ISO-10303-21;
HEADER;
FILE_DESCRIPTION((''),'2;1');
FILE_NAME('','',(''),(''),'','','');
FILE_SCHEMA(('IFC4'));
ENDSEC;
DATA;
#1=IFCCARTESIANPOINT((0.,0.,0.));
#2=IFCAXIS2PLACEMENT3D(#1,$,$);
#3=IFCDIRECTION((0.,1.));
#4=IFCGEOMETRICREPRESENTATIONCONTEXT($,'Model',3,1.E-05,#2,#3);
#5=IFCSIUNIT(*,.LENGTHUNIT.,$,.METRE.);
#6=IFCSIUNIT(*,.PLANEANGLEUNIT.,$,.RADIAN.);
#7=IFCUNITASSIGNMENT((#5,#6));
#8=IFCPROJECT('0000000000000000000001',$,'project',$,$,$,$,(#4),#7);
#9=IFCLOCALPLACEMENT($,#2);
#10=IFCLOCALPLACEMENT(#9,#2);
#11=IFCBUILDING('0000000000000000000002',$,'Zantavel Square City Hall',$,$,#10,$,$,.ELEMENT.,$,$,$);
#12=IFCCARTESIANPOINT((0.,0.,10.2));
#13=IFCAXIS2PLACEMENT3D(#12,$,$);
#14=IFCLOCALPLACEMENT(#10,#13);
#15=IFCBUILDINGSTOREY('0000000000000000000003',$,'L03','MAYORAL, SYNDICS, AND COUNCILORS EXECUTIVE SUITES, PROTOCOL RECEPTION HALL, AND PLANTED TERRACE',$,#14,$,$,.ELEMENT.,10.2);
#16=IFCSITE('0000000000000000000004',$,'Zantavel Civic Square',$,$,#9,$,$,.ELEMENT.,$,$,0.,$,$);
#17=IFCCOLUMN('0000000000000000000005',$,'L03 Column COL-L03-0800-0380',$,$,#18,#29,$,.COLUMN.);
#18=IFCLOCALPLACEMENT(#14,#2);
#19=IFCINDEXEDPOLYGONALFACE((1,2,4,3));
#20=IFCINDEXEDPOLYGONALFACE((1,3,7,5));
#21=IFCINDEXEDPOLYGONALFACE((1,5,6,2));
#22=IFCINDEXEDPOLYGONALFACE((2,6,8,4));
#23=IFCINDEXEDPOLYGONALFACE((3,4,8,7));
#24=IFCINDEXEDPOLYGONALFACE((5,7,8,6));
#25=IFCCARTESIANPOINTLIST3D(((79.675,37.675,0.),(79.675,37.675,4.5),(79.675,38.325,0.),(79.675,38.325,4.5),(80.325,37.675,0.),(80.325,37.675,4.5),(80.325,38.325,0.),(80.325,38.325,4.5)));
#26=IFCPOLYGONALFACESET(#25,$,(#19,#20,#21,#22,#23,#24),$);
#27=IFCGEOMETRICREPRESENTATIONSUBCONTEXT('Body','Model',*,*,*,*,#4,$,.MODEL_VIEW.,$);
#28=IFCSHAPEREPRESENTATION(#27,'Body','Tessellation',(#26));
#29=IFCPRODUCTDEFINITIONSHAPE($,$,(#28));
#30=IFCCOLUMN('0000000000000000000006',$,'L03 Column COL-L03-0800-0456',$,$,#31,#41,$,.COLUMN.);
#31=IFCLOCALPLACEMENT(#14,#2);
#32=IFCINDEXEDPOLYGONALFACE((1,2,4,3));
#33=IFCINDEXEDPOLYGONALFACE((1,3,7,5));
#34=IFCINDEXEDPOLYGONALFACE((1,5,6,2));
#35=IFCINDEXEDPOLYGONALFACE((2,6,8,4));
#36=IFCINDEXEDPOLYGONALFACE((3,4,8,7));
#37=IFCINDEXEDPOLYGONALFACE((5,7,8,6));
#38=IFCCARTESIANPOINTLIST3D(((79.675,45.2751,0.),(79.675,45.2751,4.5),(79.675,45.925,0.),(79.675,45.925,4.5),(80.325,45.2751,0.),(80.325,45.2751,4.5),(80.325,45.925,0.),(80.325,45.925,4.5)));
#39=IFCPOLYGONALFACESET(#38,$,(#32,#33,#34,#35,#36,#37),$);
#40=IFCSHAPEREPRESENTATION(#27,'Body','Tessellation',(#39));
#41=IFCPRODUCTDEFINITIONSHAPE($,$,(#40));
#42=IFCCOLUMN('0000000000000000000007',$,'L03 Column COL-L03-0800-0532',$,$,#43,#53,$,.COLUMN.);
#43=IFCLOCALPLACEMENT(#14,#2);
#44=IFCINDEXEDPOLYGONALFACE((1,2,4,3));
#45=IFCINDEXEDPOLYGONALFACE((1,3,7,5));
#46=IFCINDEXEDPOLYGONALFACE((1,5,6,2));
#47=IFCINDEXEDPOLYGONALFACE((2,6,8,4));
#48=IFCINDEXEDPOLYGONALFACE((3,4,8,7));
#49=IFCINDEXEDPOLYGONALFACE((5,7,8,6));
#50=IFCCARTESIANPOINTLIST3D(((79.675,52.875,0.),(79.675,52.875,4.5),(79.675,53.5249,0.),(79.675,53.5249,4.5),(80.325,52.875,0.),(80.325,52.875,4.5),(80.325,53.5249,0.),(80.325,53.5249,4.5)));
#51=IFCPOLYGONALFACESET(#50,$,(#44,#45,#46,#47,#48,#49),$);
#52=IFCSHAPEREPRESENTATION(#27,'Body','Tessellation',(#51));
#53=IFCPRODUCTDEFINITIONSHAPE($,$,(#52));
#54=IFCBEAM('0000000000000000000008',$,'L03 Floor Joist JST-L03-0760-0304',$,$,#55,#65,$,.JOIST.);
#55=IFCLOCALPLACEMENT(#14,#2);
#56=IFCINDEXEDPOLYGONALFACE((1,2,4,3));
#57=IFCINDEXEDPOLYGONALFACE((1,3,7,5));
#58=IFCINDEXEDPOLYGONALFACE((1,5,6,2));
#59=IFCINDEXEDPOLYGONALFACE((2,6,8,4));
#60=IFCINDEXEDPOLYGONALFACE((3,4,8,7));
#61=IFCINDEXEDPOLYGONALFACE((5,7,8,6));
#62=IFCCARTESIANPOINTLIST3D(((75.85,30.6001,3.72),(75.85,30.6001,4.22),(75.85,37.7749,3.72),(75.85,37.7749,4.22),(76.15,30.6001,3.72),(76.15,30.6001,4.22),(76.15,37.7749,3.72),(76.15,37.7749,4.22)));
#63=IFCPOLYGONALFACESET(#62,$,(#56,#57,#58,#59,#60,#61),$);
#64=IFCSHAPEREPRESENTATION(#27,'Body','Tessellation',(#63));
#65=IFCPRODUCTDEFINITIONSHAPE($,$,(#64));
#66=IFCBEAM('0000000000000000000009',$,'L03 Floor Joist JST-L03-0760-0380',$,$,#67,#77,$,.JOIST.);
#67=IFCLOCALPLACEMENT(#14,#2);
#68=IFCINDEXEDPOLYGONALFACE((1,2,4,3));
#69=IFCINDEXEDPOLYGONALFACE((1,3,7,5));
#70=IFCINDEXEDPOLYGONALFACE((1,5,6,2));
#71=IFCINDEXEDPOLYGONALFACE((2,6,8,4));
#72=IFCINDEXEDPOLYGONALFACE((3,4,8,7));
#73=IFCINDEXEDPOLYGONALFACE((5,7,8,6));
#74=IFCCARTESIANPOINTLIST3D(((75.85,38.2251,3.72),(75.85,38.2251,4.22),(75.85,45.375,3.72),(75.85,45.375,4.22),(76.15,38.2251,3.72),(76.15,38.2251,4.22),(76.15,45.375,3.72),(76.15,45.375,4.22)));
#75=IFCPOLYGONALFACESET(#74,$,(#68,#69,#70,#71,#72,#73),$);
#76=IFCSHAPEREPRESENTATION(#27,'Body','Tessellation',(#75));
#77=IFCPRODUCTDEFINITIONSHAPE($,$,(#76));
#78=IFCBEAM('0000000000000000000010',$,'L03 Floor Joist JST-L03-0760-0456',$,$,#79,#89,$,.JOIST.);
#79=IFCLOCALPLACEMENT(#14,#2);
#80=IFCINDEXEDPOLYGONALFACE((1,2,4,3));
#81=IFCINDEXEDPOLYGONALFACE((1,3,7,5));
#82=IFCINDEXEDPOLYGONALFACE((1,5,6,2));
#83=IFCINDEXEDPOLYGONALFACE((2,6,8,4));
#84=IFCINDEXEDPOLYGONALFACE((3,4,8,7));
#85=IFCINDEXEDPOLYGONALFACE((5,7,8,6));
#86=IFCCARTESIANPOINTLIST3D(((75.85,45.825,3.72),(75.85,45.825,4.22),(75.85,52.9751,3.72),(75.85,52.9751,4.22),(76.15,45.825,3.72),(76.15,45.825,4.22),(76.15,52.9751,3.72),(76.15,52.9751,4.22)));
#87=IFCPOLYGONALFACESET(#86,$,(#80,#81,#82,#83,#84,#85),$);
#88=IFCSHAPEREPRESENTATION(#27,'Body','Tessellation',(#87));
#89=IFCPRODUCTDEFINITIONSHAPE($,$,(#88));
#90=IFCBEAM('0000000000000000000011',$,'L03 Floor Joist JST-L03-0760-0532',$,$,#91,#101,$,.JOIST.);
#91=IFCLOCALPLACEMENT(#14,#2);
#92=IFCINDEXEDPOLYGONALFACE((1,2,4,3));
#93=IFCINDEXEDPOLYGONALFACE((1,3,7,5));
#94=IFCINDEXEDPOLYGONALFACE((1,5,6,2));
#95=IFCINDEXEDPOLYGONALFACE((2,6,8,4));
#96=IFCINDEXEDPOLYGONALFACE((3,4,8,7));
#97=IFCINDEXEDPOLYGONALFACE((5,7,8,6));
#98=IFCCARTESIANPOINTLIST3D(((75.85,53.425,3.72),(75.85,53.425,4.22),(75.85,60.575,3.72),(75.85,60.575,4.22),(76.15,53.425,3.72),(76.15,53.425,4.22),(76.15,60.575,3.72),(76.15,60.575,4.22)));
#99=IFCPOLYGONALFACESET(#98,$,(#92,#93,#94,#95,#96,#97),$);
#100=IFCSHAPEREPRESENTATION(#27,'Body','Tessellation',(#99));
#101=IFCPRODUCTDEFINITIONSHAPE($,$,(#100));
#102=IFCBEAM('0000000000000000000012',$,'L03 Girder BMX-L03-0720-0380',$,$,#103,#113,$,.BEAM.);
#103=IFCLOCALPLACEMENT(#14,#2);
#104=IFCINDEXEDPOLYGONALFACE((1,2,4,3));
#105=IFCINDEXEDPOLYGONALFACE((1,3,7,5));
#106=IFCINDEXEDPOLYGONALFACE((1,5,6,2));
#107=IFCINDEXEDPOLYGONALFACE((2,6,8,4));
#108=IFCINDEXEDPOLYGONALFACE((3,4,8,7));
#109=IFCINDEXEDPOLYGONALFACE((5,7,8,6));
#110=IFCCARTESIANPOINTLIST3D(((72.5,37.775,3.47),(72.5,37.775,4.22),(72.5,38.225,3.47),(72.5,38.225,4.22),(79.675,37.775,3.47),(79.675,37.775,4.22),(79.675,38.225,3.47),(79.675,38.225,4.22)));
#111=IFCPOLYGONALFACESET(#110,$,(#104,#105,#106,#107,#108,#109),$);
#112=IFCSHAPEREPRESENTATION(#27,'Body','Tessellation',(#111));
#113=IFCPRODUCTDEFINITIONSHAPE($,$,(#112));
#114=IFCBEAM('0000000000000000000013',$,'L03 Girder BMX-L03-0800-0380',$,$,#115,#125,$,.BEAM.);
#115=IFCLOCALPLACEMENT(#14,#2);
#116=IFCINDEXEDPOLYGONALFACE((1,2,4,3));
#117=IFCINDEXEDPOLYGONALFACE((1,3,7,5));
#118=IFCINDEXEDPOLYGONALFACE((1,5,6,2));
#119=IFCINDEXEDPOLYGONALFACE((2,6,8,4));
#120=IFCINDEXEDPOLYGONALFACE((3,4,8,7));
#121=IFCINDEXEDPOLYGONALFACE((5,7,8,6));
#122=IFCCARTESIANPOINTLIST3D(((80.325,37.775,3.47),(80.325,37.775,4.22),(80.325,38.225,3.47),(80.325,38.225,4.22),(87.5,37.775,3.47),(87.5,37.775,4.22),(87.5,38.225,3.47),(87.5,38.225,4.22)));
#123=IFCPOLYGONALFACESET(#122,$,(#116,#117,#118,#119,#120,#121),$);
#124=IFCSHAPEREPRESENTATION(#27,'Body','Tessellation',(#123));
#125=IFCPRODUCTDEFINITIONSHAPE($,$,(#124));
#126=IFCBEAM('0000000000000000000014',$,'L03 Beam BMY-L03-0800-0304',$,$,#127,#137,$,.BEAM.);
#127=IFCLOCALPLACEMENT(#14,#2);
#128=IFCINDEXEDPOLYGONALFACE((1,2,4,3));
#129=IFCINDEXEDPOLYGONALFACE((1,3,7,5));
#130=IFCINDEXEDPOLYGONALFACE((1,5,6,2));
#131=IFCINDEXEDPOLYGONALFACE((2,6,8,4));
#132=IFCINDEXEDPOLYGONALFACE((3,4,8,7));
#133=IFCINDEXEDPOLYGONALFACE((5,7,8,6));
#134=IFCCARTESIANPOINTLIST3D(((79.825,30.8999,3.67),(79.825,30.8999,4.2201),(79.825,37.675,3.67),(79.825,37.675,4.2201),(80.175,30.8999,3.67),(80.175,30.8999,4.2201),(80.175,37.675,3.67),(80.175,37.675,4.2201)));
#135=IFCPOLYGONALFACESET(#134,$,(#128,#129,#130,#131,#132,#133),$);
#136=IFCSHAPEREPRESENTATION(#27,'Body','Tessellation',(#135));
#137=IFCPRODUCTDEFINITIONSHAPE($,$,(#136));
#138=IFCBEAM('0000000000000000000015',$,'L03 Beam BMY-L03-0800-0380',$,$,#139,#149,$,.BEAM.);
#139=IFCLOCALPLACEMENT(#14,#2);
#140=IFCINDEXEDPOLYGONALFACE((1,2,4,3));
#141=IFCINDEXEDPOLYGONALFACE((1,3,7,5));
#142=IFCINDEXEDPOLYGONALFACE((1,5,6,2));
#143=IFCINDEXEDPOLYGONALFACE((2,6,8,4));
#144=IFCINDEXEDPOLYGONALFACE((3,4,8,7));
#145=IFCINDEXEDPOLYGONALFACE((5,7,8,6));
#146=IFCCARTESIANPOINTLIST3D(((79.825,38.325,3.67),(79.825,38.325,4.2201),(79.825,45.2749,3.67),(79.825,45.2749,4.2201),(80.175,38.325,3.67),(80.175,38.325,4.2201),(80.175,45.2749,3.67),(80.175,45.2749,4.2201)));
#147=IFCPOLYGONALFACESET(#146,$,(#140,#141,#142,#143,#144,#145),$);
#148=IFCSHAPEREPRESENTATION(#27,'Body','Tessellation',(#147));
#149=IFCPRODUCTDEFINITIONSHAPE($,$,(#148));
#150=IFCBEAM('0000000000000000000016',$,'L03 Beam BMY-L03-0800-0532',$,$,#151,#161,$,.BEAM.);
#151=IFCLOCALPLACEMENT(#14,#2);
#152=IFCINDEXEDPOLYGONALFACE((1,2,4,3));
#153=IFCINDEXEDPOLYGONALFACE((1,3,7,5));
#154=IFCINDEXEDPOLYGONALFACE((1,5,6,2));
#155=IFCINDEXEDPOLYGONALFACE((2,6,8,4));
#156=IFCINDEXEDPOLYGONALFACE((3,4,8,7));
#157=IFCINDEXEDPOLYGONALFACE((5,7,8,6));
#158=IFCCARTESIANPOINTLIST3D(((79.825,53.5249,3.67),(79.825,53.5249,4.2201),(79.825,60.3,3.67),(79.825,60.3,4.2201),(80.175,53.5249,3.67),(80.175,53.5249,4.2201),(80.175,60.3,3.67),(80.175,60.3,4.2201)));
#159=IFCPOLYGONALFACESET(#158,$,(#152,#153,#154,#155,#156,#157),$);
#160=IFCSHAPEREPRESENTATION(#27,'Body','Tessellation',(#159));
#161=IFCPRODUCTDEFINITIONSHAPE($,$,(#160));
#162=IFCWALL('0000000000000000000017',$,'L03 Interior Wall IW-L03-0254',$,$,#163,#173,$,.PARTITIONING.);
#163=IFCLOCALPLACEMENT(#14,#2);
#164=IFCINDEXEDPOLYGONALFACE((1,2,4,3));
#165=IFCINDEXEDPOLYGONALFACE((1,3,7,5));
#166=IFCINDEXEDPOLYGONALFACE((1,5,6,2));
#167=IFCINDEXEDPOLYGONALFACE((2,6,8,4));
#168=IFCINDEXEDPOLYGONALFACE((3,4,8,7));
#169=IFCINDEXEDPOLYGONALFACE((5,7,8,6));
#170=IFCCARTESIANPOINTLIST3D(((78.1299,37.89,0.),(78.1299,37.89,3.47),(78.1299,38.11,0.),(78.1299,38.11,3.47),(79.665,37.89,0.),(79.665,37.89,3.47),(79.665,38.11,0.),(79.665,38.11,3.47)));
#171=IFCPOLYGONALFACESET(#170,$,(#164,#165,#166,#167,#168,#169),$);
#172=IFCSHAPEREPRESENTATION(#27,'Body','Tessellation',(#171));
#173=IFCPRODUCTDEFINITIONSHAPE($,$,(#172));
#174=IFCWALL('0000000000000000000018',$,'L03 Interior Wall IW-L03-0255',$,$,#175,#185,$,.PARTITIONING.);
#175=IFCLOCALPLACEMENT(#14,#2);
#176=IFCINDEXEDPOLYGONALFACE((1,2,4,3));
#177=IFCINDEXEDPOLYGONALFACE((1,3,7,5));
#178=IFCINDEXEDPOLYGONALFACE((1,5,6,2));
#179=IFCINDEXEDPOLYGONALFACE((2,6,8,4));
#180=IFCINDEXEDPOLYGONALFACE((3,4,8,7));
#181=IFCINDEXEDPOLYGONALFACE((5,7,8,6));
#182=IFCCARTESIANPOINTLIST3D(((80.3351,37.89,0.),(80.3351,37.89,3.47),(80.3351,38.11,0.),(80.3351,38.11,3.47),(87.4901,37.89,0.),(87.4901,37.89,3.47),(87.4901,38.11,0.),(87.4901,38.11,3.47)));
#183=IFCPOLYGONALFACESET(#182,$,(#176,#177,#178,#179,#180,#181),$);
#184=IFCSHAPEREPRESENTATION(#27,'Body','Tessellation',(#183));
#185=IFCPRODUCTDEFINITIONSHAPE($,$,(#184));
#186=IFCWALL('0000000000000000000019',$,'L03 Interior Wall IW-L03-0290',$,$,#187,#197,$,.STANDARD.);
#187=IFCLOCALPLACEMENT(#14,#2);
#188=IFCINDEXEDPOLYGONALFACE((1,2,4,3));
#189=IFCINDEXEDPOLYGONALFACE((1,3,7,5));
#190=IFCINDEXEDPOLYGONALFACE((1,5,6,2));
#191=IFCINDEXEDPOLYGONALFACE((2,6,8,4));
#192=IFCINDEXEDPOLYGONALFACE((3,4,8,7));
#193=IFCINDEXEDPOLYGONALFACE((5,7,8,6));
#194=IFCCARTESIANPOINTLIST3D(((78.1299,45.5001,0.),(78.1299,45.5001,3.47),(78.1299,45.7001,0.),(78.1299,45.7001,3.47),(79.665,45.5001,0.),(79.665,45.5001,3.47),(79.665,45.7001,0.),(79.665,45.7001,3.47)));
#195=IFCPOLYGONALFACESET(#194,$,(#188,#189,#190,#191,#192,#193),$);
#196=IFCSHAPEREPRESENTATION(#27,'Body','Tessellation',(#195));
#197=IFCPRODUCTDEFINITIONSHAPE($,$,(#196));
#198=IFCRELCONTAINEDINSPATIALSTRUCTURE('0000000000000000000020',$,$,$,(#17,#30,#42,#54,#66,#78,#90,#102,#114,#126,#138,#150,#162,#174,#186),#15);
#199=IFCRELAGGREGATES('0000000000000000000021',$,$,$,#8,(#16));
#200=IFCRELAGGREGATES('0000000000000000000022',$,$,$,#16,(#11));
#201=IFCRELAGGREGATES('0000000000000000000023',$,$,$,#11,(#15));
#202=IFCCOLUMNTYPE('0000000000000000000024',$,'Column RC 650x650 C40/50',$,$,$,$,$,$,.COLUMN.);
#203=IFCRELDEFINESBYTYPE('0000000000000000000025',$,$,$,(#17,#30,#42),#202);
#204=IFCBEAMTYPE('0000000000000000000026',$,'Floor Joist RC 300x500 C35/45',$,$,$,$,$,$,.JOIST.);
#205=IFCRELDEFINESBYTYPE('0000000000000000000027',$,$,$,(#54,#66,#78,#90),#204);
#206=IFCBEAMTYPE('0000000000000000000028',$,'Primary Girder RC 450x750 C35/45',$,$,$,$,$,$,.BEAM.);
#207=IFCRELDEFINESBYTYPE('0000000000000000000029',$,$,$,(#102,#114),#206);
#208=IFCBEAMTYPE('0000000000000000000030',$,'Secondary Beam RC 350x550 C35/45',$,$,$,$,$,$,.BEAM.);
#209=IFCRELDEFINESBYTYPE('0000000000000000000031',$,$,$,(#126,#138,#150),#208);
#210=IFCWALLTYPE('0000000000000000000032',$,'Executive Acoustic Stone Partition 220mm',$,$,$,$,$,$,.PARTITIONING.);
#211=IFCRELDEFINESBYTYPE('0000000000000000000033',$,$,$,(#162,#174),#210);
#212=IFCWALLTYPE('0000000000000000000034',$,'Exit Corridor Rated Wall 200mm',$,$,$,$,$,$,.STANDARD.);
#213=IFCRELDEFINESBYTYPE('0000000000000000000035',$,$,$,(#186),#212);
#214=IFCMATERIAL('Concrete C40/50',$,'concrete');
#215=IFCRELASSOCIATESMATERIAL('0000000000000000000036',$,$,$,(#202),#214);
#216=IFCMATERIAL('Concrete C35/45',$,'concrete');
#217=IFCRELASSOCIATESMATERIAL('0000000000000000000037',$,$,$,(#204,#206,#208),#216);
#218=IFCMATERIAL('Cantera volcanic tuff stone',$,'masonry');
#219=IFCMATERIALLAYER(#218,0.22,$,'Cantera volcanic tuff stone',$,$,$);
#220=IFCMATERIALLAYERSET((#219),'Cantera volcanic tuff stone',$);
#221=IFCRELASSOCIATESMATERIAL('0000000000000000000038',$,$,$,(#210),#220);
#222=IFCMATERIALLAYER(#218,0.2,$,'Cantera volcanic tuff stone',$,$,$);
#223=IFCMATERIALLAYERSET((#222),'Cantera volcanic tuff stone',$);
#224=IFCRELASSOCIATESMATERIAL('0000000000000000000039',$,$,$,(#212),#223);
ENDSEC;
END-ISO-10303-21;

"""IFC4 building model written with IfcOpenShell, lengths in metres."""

from ifc_helpers import new_model, si_unit, direction, frame, frame_2d, origin, origin_2d, place, context, subcontext, project, spatial, rectangle, extrude, material, layer, layer_set, material_profile, profile_set, type_object, element, save


model = new_model("IFC4")

# Units and contexts
model_context = context("Model", 3, precision=1e-05, world=origin(), true_north=direction((0.0, 1.0)))
body_context = subcontext(model_context, "Body", "Model", "MODEL_VIEW")
ifc_project = project(units=[si_unit("LENGTHUNIT", "METRE"), si_unit("PLANEANGLEUNIT", "RADIAN")], contexts=[model_context])

# Site, building, storey
site_placement = place(None, origin())
site = spatial("IfcSite", under=ifc_project, at=site_placement, Name="Zantavel Civic Square", CompositionType="ELEMENT", RefElevation=0.0)
building_placement = place(site_placement, origin())
building = spatial("IfcBuilding", under=site, at=building_placement, Name="Zantavel Square City Hall", CompositionType="ELEMENT")
storey_placement = place(building_placement, frame((0.0, 0.0, 10.2)))
storey = spatial("IfcBuildingStorey", under=building, at=storey_placement, Name="L03", Description="MAYORAL, SYNDICS, AND COUNCILORS EXECUTIVE SUITES, PROTOCOL RECEPTION HALL, AND PLANTED TERRACE", CompositionType="ELEMENT", Elevation=10.2)

# Columns
ifc_material_1 = material(Name="Concrete C40/50", Category="concrete")
ifc_material_profile_1 = material_profile(ifc_material_1, rectangle(XDim=0.6499, YDim=0.6499, at=origin_2d()), Name="RC 650x650")
ifc_profile_set_1 = profile_set([ifc_material_profile_1], Name="Concrete C40/50")
column_type = type_object("IfcColumnType", Name="Column RC 650x650 C40/50", PredefinedType="COLUMN", material=ifc_profile_set_1)
for number, where, z_axis, x_axis, name in (
    (1, (80.0, 38.0, 0.0), (0.0, 0.0, 1.0), (1.0, 0.0, 0.0), "L03 Column COL-L03-0800-0380"),
    (2, (80.0, 45.6001, 0.0), (0.0, 0.0, 1.0), (1.0, 0.0, 0.0), "L03 Column COL-L03-0800-0456"),
    (3, (80.0, 53.2, 0.0), (0.0, 0.0, 1.0), (1.0, 0.0, 0.0), "L03 Column COL-L03-0800-0532"),
):
    element("IfcColumn", number, at=place(storey_placement, frame(where, z_axis=z_axis, x_axis=x_axis)), inside=storey, type_object=column_type, Name=name, PredefinedType="COLUMN", context=body_context, shape_type="SweptSolid", body=[
        extrude(rectangle(XDim=0.6499, YDim=0.6499, at=origin_2d()), origin(), (0.0, 0.0, 1.0), 4.5),
    ])

# Beams
ifc_material_2 = material(Name="Concrete C35/45", Category="concrete")
ifc_material_profile_2 = material_profile(ifc_material_2, rectangle(XDim=0.3, YDim=0.5, at=origin_2d()), Name="RC 300x500")
ifc_profile_set_2 = profile_set([ifc_material_profile_2], Name="Concrete C35/45")
beam_type_1 = type_object("IfcBeamType", Name="Floor Joist RC 300x500 C35/45", PredefinedType="JOIST", material=ifc_profile_set_2)
beam_1_placement = place(storey_placement, frame((76.0, 30.6001, 3.97), z_axis=(0.0, 1.0, 0.0), x_axis=(-1.0, 0.0, 0.0)))
element("IfcBeam", 4, at=beam_1_placement, inside=storey, type_object=beam_type_1, Name="L03 Floor Joist JST-L03-0760-0304", PredefinedType="JOIST", context=body_context, shape_type="SweptSolid", body=[
    extrude(rectangle(XDim=0.3, YDim=0.5, at=origin_2d()), origin(), (0.0, 0.0, 1.0), 7.1748),
])
beam_2_placement = place(storey_placement, frame((76.0, 38.2251, 3.97), z_axis=(0.0, 1.0, 0.0), x_axis=(-1.0, 0.0, 0.0)))
element("IfcBeam", 5, at=beam_2_placement, inside=storey, type_object=beam_type_1, Name="L03 Floor Joist JST-L03-0760-0380", PredefinedType="JOIST", context=body_context, shape_type="SweptSolid", body=[
    extrude(rectangle(XDim=0.3, YDim=0.5, at=origin_2d()), origin(), (0.0, 0.0, 1.0), 7.1499),
])
beam_3_placement = place(storey_placement, frame((76.0, 45.825, 3.97), z_axis=(0.0, 1.0, 0.0), x_axis=(-1.0, 0.0, 0.0)))
element("IfcBeam", 6, at=beam_3_placement, inside=storey, type_object=beam_type_1, Name="L03 Floor Joist JST-L03-0760-0456", PredefinedType="JOIST", context=body_context, shape_type="SweptSolid", body=[
    extrude(rectangle(XDim=0.3, YDim=0.5, at=origin_2d()), origin(), (0.0, 0.0, 1.0), 7.1501),
])
beam_4_placement = place(storey_placement, frame((76.0, 53.425, 3.97), z_axis=(0.0, 1.0, 0.0), x_axis=(-1.0, 0.0, 0.0)))
element("IfcBeam", 7, at=beam_4_placement, inside=storey, type_object=beam_type_1, Name="L03 Floor Joist JST-L03-0760-0532", PredefinedType="JOIST", context=body_context, shape_type="SweptSolid", body=[
    extrude(rectangle(XDim=0.3, YDim=0.5, at=origin_2d()), origin(), (0.0, 0.0, 1.0), 7.1499),
])
ifc_material_profile_3 = material_profile(ifc_material_2, rectangle(XDim=0.45, YDim=0.75, at=origin_2d()), Name="RC 450x750")
ifc_profile_set_3 = profile_set([ifc_material_profile_3], Name="Concrete C35/45")
beam_type_2 = type_object("IfcBeamType", Name="Primary Girder RC 450x750 C35/45", PredefinedType="BEAM", material=ifc_profile_set_3)
for number, where, z_axis, x_axis, name in (
    (8, (72.5, 38.0, 3.845), (1.0, 0.0, 0.0), (0.0, 1.0, 0.0), "L03 Girder BMX-L03-0720-0380"),
    (9, (80.325, 38.0, 3.845), (1.0, 0.0, 0.0), (0.0, 1.0, 0.0), "L03 Girder BMX-L03-0800-0380"),
):
    element("IfcBeam", number, at=place(storey_placement, frame(where, z_axis=z_axis, x_axis=x_axis)), inside=storey, type_object=beam_type_2, Name=name, PredefinedType="BEAM", context=body_context, shape_type="SweptSolid", body=[
        extrude(rectangle(XDim=0.45, YDim=0.75, at=origin_2d()), origin(), (0.0, 0.0, 1.0), 7.175),
    ])
ifc_material_profile_4 = material_profile(ifc_material_2, rectangle(XDim=0.3501, YDim=0.55, at=origin_2d()), Name="RC 350x550")
ifc_profile_set_4 = profile_set([ifc_material_profile_4], Name="Concrete C35/45")
beam_type_3 = type_object("IfcBeamType", Name="Secondary Beam RC 350x550 C35/45", PredefinedType="BEAM", material=ifc_profile_set_4)
beam_5_placement = place(storey_placement, frame((80.0, 30.8999, 3.9451), z_axis=(0.0, 1.0, 0.0), x_axis=(-1.0, 0.0, 0.0)))
element("IfcBeam", 10, at=beam_5_placement, inside=storey, type_object=beam_type_3, Name="L03 Beam BMY-L03-0800-0304", PredefinedType="BEAM", context=body_context, shape_type="SweptSolid", body=[
    extrude(rectangle(XDim=0.3501, YDim=0.55, at=origin_2d()), origin(), (0.0, 0.0, 1.0), 6.7751),
])
beam_6_placement = place(storey_placement, frame((80.0, 38.325, 3.9451), z_axis=(0.0, 1.0, 0.0), x_axis=(-1.0, 0.0, 0.0)))
element("IfcBeam", 11, at=beam_6_placement, inside=storey, type_object=beam_type_3, Name="L03 Beam BMY-L03-0800-0380", PredefinedType="BEAM", context=body_context, shape_type="SweptSolid", body=[
    extrude(rectangle(XDim=0.3501, YDim=0.55, at=origin_2d()), origin(), (0.0, 0.0, 1.0), 6.95),
])
beam_7_placement = place(storey_placement, frame((80.0, 53.5249, 3.9451), z_axis=(0.0, 1.0, 0.0), x_axis=(-1.0, 0.0, 0.0)))
element("IfcBeam", 12, at=beam_7_placement, inside=storey, type_object=beam_type_3, Name="L03 Beam BMY-L03-0800-0532", PredefinedType="BEAM", context=body_context, shape_type="SweptSolid", body=[
    extrude(rectangle(XDim=0.3501, YDim=0.55, at=origin_2d()), origin(), (0.0, 0.0, 1.0), 6.7751),
])

# Walls
ifc_material_3 = material(Name="Cantera volcanic tuff stone", Category="masonry")
ifc_layer_1 = layer(ifc_material_3, 0.22, Name="Cantera volcanic tuff stone")
ifc_layer_set_1 = layer_set([ifc_layer_1], Name="Cantera volcanic tuff stone")
wall_type_1 = type_object("IfcWallType", Name="Executive Acoustic Stone Partition 220mm", PredefinedType="PARTITIONING", material=ifc_layer_set_1)
wall_1_placement = place(storey_placement, frame((78.1299, 38.0, 0.0), z_axis=(0.0, 0.0, 1.0), x_axis=(1.0, 0.0, 0.0)))
element("IfcWall", 13, at=wall_1_placement, inside=storey, type_object=wall_type_1, Name="L03 Interior Wall IW-L03-0254", PredefinedType="PARTITIONING", context=body_context, shape_type="SweptSolid", body=[
    extrude(rectangle(XDim=1.5352, YDim=0.22, at=frame_2d((0.7676, 0.0))), origin(), (0.0, 0.0, 1.0), 3.47),
])
wall_2_placement = place(storey_placement, frame((80.335, 38.0, 0.0), z_axis=(0.0, 0.0, 1.0), x_axis=(1.0, 0.0, 0.0)))
element("IfcWall", 14, at=wall_2_placement, inside=storey, type_object=wall_type_1, Name="L03 Interior Wall IW-L03-0255", PredefinedType="PARTITIONING", context=body_context, shape_type="SweptSolid", body=[
    extrude(rectangle(XDim=7.155, YDim=0.22, at=frame_2d((3.5776, 0.0))), origin(), (0.0, 0.0, 1.0), 3.47),
])

# Shared definitions
ifc_layer_2 = layer(ifc_material_3, 0.2, Name="Cantera volcanic tuff stone")
ifc_layer_set_2 = layer_set([ifc_layer_2], Name="Cantera volcanic tuff stone")
wall_type_2 = type_object("IfcWallType", Name="Exit Corridor Rated Wall 200mm", PredefinedType="STANDARD", material=ifc_layer_set_2)

# Wall
wall_3_placement = place(storey_placement, frame((78.1299, 45.6001, 0.0), z_axis=(0.0, 0.0, 1.0), x_axis=(1.0, 0.0, 0.0)))
element("IfcWall", 15, at=wall_3_placement, inside=storey, type_object=wall_type_2, Name="L03 Interior Wall IW-L03-0290", PredefinedType="STANDARD", context=body_context, shape_type="SweptSolid", body=[
    extrude(rectangle(XDim=1.5352, YDim=0.2, at=frame_2d((0.7676, 0.0))), origin(), (0.0, 0.0, 1.0), 3.47),
])

save(model, "model.ifc")
